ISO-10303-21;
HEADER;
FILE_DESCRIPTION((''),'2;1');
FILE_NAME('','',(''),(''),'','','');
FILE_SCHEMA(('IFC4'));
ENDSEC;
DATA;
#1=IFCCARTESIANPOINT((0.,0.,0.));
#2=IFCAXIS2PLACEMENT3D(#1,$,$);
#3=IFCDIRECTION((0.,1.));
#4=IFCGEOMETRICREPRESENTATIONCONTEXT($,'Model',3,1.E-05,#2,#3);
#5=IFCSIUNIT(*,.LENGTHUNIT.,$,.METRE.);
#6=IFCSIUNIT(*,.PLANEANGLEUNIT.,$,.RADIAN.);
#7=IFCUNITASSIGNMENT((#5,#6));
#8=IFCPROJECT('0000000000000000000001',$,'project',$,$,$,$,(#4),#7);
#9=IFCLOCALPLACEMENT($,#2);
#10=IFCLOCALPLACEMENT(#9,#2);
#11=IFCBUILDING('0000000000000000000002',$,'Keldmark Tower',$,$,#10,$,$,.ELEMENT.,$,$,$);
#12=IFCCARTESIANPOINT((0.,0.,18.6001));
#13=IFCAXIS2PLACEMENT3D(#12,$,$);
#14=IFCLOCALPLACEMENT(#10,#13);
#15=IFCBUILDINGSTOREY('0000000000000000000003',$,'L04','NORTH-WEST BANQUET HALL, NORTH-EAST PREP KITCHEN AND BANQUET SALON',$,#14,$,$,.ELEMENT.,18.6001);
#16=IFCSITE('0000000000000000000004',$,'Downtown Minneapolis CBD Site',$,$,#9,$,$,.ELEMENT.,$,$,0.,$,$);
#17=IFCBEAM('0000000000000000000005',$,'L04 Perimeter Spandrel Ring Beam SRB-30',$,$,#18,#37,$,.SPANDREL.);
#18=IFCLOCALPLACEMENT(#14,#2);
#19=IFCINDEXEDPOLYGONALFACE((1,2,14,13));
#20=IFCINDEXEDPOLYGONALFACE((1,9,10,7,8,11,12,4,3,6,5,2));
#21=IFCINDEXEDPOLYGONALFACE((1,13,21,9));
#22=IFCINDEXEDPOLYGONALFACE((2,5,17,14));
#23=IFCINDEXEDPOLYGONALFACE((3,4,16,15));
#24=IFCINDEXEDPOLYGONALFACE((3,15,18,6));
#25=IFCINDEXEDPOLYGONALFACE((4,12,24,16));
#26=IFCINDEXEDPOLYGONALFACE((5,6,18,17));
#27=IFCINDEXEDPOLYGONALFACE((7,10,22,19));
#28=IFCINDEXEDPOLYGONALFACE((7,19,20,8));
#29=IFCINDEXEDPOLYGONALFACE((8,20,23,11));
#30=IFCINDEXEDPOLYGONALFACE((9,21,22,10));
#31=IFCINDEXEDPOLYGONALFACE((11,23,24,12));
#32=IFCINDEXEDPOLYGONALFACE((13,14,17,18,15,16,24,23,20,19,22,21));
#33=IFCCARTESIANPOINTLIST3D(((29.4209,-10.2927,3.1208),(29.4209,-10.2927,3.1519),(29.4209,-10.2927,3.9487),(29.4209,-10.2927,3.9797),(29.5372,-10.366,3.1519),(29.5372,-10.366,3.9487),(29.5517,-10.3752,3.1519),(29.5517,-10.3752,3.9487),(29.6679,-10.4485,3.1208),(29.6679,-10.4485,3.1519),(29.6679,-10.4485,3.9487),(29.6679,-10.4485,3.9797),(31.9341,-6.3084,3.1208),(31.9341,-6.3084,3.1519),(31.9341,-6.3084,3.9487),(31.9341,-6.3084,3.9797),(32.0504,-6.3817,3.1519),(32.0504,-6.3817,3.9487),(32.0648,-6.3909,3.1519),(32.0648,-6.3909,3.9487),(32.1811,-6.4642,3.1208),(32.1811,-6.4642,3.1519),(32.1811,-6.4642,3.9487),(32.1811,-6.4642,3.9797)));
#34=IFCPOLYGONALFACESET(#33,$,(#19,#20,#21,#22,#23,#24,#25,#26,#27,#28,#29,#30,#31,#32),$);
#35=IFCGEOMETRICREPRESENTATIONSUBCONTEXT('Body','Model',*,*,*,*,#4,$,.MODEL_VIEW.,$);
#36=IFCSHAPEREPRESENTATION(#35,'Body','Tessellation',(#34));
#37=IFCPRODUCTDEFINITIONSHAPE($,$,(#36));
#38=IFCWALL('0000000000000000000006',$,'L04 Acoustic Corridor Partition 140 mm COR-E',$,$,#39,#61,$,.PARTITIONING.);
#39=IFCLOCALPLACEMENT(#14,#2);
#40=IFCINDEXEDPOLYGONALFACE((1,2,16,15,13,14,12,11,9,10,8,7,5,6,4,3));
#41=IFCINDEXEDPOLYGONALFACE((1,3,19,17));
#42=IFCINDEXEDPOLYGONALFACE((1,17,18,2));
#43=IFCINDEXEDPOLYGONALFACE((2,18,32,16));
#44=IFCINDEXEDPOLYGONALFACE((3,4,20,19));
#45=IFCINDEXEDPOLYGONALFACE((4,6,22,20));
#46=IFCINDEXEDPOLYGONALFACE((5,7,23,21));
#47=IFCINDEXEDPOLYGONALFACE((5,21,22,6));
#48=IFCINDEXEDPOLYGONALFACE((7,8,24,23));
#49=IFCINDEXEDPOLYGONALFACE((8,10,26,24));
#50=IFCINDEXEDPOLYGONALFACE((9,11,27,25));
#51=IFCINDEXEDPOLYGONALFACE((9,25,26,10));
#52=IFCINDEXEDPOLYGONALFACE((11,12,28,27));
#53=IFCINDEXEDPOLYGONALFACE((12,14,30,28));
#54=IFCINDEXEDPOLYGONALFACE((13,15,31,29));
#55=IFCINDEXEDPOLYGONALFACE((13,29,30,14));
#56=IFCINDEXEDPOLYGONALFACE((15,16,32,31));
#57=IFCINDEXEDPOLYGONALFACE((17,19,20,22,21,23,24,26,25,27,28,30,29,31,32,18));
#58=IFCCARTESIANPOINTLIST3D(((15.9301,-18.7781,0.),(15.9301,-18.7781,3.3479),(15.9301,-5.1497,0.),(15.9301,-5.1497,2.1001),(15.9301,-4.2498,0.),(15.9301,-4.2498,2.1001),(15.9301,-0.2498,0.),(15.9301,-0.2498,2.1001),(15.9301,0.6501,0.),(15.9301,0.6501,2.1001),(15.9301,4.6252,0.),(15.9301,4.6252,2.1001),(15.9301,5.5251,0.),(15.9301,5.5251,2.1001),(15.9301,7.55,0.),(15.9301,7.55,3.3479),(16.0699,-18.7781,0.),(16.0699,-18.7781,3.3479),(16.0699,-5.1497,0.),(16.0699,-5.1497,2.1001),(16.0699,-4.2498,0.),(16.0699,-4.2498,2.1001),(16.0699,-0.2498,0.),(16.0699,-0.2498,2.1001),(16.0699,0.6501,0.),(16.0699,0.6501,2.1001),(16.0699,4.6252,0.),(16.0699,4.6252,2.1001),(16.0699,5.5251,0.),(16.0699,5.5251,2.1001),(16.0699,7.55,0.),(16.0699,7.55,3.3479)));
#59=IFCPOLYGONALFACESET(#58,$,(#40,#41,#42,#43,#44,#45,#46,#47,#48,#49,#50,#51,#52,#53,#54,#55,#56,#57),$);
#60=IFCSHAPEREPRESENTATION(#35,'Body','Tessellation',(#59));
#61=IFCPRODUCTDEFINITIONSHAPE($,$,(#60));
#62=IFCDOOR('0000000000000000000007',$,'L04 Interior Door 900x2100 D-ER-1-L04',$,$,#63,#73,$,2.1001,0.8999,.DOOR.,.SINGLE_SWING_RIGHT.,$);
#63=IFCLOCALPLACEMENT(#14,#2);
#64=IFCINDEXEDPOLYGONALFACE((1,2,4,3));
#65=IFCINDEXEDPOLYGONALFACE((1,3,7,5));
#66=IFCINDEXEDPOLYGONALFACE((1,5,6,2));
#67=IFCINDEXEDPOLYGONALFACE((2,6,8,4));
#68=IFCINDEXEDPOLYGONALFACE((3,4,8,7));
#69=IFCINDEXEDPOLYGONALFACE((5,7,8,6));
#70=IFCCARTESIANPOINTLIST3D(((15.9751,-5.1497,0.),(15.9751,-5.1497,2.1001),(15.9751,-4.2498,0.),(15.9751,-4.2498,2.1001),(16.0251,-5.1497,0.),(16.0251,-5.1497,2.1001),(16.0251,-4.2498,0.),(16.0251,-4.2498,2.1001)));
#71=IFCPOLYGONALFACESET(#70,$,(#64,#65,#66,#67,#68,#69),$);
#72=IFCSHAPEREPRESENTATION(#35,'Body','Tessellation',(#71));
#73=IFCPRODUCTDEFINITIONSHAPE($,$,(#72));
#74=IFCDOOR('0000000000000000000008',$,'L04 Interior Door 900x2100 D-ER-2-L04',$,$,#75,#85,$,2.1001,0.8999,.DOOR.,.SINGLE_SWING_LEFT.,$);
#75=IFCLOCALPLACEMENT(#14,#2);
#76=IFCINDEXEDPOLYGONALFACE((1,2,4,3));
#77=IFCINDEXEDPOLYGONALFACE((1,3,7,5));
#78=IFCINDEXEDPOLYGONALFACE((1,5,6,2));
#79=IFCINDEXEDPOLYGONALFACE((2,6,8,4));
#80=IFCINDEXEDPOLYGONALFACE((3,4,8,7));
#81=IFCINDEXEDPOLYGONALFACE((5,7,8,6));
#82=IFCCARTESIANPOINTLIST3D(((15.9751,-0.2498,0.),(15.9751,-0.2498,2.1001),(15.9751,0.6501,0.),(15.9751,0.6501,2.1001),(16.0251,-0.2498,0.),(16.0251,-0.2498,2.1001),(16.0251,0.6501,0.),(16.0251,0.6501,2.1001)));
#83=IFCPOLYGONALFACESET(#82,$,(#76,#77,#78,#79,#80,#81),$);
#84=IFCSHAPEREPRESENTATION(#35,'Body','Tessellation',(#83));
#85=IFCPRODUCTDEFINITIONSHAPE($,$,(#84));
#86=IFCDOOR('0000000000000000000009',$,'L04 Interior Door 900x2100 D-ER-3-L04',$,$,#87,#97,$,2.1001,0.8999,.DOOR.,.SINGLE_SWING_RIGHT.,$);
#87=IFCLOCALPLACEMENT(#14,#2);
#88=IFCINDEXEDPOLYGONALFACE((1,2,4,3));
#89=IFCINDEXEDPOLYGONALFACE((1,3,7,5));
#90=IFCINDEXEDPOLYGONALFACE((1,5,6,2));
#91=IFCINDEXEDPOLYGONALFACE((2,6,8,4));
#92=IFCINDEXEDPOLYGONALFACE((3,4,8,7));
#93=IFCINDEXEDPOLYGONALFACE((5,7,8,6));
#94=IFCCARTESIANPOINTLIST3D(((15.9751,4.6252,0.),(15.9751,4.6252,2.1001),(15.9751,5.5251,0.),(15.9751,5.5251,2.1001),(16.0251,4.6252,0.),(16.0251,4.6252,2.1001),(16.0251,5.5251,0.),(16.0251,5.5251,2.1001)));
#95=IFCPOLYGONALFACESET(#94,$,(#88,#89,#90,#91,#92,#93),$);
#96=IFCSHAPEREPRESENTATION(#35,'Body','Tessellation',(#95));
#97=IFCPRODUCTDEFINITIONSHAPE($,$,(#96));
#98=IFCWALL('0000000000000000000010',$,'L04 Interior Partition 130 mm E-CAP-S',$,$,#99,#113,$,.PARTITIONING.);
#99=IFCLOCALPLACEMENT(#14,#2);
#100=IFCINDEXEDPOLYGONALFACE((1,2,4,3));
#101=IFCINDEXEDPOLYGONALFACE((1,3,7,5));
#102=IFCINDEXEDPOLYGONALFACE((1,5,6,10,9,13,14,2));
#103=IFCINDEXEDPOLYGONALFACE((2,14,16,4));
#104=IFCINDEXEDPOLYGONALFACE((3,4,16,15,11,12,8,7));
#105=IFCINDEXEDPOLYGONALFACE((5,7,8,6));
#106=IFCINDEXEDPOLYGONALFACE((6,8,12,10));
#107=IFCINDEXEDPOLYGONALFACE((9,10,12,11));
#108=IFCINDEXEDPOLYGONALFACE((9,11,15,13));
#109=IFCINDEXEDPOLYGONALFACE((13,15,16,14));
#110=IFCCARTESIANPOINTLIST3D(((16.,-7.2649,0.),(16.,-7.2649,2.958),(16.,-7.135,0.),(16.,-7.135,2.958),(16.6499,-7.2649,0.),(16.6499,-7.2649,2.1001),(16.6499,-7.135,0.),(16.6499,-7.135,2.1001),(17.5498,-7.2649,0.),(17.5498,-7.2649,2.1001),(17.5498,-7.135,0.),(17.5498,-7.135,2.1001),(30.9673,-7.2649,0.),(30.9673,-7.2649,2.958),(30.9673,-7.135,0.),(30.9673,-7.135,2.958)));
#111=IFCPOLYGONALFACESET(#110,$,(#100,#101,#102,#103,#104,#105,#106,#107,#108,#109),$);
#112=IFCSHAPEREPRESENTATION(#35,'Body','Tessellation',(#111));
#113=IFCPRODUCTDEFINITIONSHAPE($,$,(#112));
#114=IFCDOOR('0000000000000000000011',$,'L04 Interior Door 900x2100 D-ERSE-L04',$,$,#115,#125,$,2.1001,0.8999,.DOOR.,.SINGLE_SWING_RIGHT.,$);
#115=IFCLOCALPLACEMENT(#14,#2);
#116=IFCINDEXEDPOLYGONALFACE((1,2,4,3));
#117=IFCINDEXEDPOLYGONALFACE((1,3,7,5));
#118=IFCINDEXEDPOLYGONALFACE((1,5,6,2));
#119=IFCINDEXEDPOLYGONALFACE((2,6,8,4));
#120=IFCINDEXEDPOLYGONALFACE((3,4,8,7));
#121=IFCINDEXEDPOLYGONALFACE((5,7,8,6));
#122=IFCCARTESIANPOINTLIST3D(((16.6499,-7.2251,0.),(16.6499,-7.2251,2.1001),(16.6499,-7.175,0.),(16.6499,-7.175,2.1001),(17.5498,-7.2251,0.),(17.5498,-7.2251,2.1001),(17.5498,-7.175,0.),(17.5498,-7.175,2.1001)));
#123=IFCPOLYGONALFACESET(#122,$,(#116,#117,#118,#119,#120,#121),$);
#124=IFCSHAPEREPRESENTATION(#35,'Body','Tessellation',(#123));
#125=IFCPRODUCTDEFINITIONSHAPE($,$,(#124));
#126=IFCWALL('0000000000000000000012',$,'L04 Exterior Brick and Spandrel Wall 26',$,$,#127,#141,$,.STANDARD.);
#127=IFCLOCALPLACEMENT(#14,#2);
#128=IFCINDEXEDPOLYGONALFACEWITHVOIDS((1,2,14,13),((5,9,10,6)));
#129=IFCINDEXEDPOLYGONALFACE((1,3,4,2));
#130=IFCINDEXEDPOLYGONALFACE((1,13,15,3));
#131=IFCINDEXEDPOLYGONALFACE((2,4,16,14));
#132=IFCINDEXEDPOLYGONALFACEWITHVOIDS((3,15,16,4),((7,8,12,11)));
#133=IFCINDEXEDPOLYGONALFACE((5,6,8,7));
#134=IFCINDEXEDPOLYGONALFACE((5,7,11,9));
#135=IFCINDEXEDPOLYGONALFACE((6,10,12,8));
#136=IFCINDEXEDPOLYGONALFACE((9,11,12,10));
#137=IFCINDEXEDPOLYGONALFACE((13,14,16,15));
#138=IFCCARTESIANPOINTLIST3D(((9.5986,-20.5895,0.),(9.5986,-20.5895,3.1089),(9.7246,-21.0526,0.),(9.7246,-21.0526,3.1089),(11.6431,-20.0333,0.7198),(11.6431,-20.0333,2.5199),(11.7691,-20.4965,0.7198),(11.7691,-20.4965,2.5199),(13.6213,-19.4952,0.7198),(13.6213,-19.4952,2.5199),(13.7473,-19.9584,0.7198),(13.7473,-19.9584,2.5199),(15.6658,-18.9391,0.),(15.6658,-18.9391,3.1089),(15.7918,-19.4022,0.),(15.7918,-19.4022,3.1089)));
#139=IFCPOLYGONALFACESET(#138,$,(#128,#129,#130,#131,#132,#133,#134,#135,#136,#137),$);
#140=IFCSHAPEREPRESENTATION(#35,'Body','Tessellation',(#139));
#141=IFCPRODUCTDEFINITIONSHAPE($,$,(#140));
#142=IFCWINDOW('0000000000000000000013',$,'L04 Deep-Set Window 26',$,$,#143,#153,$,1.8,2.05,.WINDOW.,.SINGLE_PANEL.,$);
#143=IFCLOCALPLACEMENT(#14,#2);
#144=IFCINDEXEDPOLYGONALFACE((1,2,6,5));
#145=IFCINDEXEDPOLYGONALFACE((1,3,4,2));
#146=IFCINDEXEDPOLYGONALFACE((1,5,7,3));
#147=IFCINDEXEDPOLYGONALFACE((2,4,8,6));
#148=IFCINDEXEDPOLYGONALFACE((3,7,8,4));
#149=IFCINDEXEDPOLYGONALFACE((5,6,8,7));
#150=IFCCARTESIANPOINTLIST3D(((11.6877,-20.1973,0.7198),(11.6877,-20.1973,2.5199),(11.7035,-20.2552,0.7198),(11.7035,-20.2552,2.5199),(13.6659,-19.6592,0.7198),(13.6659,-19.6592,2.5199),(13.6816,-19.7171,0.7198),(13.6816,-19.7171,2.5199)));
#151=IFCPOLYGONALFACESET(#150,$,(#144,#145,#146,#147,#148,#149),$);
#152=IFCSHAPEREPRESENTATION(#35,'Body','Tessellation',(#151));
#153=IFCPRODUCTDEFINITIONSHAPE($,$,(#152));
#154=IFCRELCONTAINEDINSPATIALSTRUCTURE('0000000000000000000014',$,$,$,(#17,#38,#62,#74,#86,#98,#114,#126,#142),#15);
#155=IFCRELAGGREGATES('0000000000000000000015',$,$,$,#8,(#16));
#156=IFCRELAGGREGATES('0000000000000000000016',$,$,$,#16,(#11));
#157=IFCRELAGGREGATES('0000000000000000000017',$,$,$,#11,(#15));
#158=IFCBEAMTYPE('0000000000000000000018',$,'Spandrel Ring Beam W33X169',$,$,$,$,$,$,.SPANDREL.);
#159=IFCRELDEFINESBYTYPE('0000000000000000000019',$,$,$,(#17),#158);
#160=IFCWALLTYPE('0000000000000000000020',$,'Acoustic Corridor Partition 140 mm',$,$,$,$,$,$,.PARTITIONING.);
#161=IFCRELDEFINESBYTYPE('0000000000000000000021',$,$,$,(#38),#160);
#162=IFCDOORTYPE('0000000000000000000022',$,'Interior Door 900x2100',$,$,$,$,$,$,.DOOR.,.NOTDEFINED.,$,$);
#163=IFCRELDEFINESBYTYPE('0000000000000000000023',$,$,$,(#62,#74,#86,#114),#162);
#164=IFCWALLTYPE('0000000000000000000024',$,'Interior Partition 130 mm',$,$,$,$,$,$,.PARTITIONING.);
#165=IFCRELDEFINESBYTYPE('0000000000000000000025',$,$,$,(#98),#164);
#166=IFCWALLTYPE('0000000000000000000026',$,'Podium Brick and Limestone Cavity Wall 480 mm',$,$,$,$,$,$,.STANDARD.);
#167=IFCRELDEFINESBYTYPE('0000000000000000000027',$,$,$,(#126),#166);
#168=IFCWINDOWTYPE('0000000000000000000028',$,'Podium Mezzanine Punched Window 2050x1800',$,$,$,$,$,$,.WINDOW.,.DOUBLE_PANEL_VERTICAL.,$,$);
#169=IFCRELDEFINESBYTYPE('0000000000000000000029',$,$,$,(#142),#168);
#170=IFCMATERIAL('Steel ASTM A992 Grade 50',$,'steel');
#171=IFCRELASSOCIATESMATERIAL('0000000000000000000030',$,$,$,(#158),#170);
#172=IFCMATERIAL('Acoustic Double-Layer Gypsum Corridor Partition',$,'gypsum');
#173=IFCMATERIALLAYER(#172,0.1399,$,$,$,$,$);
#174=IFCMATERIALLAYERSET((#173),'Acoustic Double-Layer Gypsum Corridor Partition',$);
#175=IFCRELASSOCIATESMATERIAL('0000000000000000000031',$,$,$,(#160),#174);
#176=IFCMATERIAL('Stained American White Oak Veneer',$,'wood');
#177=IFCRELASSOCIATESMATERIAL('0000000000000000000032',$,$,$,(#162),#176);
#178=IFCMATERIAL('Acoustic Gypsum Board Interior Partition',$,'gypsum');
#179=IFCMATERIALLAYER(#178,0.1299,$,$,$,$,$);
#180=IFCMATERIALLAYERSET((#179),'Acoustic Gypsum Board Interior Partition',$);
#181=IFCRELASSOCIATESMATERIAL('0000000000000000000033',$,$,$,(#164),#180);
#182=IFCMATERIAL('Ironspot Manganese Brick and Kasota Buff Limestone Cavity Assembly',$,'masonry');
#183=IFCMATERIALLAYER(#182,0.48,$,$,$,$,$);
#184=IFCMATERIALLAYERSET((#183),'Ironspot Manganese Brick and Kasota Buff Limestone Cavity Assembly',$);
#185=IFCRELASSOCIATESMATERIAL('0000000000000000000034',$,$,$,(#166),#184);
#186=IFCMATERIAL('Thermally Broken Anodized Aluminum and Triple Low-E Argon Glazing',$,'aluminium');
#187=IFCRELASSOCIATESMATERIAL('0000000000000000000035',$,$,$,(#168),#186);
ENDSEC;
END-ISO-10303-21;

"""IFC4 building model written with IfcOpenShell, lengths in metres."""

from ifc_helpers import new_model, si_unit, direction, frame, frame_2d, origin, origin_2d, place, context, subcontext, project, spatial, rectangle, i_section, extrude, material, layer, layer_set, material_profile, profile_set, type_object, element, fill, save


model = new_model("IFC4")

# Units and contexts
model_context = context("Model", 3, precision=1e-05, world=origin(), true_north=direction((0.0, 1.0)))
body_context = subcontext(model_context, "Body", "Model", "MODEL_VIEW")
ifc_project = project(units=[si_unit("LENGTHUNIT", "METRE"), si_unit("PLANEANGLEUNIT", "RADIAN")], contexts=[model_context])

# Site, building, storey
site_placement = place(None, origin())
site = spatial("IfcSite", under=ifc_project, at=site_placement, Name="Downtown Minneapolis CBD Site", CompositionType="ELEMENT", RefElevation=0.0)
building_placement = place(site_placement, origin())
building = spatial("IfcBuilding", under=site, at=building_placement, Name="Keldmark Tower", CompositionType="ELEMENT")
storey_placement = place(building_placement, frame((0.0, 0.0, 18.6001)))
storey = spatial("IfcBuildingStorey", under=building, at=storey_placement, Name="L04", Description="NORTH-WEST BANQUET HALL, NORTH-EAST PREP KITCHEN AND BANQUET SALON", CompositionType="ELEMENT", Elevation=18.6001)

# Beam
ifc_material_1 = material(Name="Steel ASTM A992 Grade 50", Category="steel")
ifc_material_profile_1 = material_profile(ifc_material_1, i_section(OverallWidth=0.292, OverallDepth=0.8589, WebThickness=0.0171, FlangeThickness=0.031, at=origin_2d()), Name="W33X169")
ifc_profile_set_1 = profile_set([ifc_material_profile_1], Name="Steel ASTM A992 Grade 50")
beam_type_1 = type_object("IfcBeamType", Name="Spandrel Ring Beam W33X169", PredefinedType="SPANDREL", material=ifc_profile_set_1)
beam_1_placement = place(storey_placement, frame((29.5444, -10.3706, 3.5503), z_axis=(0.533498, 0.845802, 0.0), x_axis=(-0.845802, 0.533498, 0.0)))
element("IfcBeam", 1, at=beam_1_placement, inside=storey, type_object=beam_type_1, Name="L04 Perimeter Spandrel Ring Beam SRB-30", PredefinedType="SPANDREL", context=body_context, shape_type="SweptSolid", body=[
    extrude(i_section(OverallWidth=0.292, OverallDepth=0.8589, WebThickness=0.0171, FlangeThickness=0.031, at=origin_2d()), origin(), (0.0, 0.0, 1.0), 4.7107),
])

# Wall, openings, doors
ifc_material_2 = material(Name="Acoustic Double-Layer Gypsum Corridor Partition", Category="gypsum")
ifc_layer_1 = layer(ifc_material_2, 0.1399)
ifc_layer_set_1 = layer_set([ifc_layer_1], Name="Acoustic Double-Layer Gypsum Corridor Partition")
wall_type_1 = type_object("IfcWallType", Name="Acoustic Corridor Partition 140 mm", PredefinedType="PARTITIONING", material=ifc_layer_set_1)
wall_1_placement = place(storey_placement, frame((16.0, -18.7781, 0.0), z_axis=(0.0, 0.0, 1.0), x_axis=(0.0, 1.0, 0.0)))
wall_1 = element("IfcWall", 2, at=wall_1_placement, inside=storey, type_object=wall_type_1, Name="L04 Acoustic Corridor Partition 140 mm COR-E", PredefinedType="PARTITIONING", context=body_context, shape_type="SweptSolid", body=[
    extrude(rectangle(XDim=26.3281, YDim=0.1399, at=frame_2d((13.1641, 0.0))), origin(), (0.0, 0.0, 1.0), 3.3479),
])
opening_1_placement = place(wall_1_placement, frame((13.6284, 0.0, 0.0)))
opening_1 = element("IfcOpeningElement", 3, at=opening_1_placement, cuts=wall_1, PredefinedType="OPENING", context=body_context, shape_type="SweptSolid", body=[
    extrude(rectangle(XDim=0.8999, YDim=2.1001, at=frame_2d((0.45, 1.05))), frame((0.0, 0.0798, 0.0), z_axis=(0.0, -1.0, 0.0), x_axis=(1.0, 0.0, 0.0)), (0.0, 0.0, 1.0), 0.1599),
])
opening_2_placement = place(wall_1_placement, frame((18.5283, 0.0, 0.0)))
opening_2 = element("IfcOpeningElement", 4, at=opening_2_placement, cuts=wall_1, PredefinedType="OPENING", context=body_context, shape_type="SweptSolid", body=[
    extrude(rectangle(XDim=0.8999, YDim=2.1001, at=frame_2d((0.45, 1.05))), frame((0.0, 0.0798, 0.0), z_axis=(0.0, -1.0, 0.0), x_axis=(1.0, 0.0, 0.0)), (0.0, 0.0, 1.0), 0.1599),
])
opening_3_placement = place(wall_1_placement, frame((23.4033, 0.0, 0.0)))
opening_3 = element("IfcOpeningElement", 5, at=opening_3_placement, cuts=wall_1, PredefinedType="OPENING", context=body_context, shape_type="SweptSolid", body=[
    extrude(rectangle(XDim=0.8999, YDim=2.1001, at=frame_2d((0.45, 1.05))), frame((0.0, 0.0798, 0.0), z_axis=(0.0, -1.0, 0.0), x_axis=(1.0, 0.0, 0.0)), (0.0, 0.0, 1.0), 0.1599),
])
ifc_material_3 = material(Name="Stained American White Oak Veneer", Category="wood")
door_type = type_object("IfcDoorType", Name="Interior Door 900x2100", OperationType="NOTDEFINED", PredefinedType="DOOR", material=ifc_material_3)
door_1_placement = place(opening_1_placement, origin())
door_1 = element("IfcDoor", 6, at=door_1_placement, inside=storey, type_object=door_type, Name="L04 Interior Door 900x2100 D-ER-1-L04", OperationType="SINGLE_SWING_RIGHT", OverallHeight=2.1001, OverallWidth=0.8999, PredefinedType="DOOR", context=body_context, shape_type="SweptSolid", body=[
    extrude(rectangle(XDim=0.8999, YDim=2.1001, at=frame_2d((0.45, 1.05))), frame((0.0, 0.0249, 0.0), z_axis=(0.0, -1.0, 0.0), x_axis=(1.0, 0.0, 0.0)), (0.0, 0.0, 1.0), 0.05),
])
fill(opening_1, door_1)
door_2_placement = place(opening_2_placement, origin())
door_2 = element("IfcDoor", 7, at=door_2_placement, inside=storey, type_object=door_type, Name="L04 Interior Door 900x2100 D-ER-2-L04", OperationType="SINGLE_SWING_LEFT", OverallHeight=2.1001, OverallWidth=0.8999, PredefinedType="DOOR", context=body_context, shape_type="SweptSolid", body=[
    extrude(rectangle(XDim=0.8999, YDim=2.1001, at=frame_2d((0.45, 1.05))), frame((0.0, 0.0249, 0.0), z_axis=(0.0, -1.0, 0.0), x_axis=(1.0, 0.0, 0.0)), (0.0, 0.0, 1.0), 0.05),
])
fill(opening_2, door_2)
door_3_placement = place(opening_3_placement, origin())
door_3 = element("IfcDoor", 8, at=door_3_placement, inside=storey, type_object=door_type, Name="L04 Interior Door 900x2100 D-ER-3-L04", OperationType="SINGLE_SWING_RIGHT", OverallHeight=2.1001, OverallWidth=0.8999, PredefinedType="DOOR", context=body_context, shape_type="SweptSolid", body=[
    extrude(rectangle(XDim=0.8999, YDim=2.1001, at=frame_2d((0.45, 1.05))), frame((0.0, 0.0249, 0.0), z_axis=(0.0, -1.0, 0.0), x_axis=(1.0, 0.0, 0.0)), (0.0, 0.0, 1.0), 0.05),
])
fill(opening_3, door_3)

# Wall, opening, door
ifc_material_4 = material(Name="Acoustic Gypsum Board Interior Partition", Category="gypsum")
ifc_layer_2 = layer(ifc_material_4, 0.1299)
ifc_layer_set_2 = layer_set([ifc_layer_2], Name="Acoustic Gypsum Board Interior Partition")
wall_type_2 = type_object("IfcWallType", Name="Interior Partition 130 mm", PredefinedType="PARTITIONING", material=ifc_layer_set_2)
wall_2_placement = place(storey_placement, frame((16.0, -7.2, 0.0), z_axis=(0.0, 0.0, 1.0), x_axis=(1.0, 0.0, 0.0)))
wall_2 = element("IfcWall", 9, at=wall_2_placement, inside=storey, type_object=wall_type_2, Name="L04 Interior Partition 130 mm E-CAP-S", PredefinedType="PARTITIONING", context=body_context, shape_type="SweptSolid", body=[
    extrude(rectangle(XDim=14.9673, YDim=0.1299, at=frame_2d((7.4836, 0.0))), origin(), (0.0, 0.0, 1.0), 2.958),
])
opening_4_placement = place(wall_2_placement, frame((0.6499, 0.0, 0.0)))
opening_4 = element("IfcOpeningElement", 10, at=opening_4_placement, cuts=wall_2, PredefinedType="OPENING", context=body_context, shape_type="SweptSolid", body=[
    extrude(rectangle(XDim=0.8999, YDim=2.1001, at=frame_2d((0.45, 1.05))), frame((0.0, 0.075, 0.0), z_axis=(0.0, -1.0, 0.0), x_axis=(1.0, 0.0, 0.0)), (0.0, 0.0, 1.0), 0.1499),
])
door_4_placement = place(opening_4_placement, origin())
door_4 = element("IfcDoor", 11, at=door_4_placement, inside=storey, type_object=door_type, Name="L04 Interior Door 900x2100 D-ERSE-L04", OperationType="SINGLE_SWING_RIGHT", OverallHeight=2.1001, OverallWidth=0.8999, PredefinedType="DOOR", context=body_context, shape_type="SweptSolid", body=[
    extrude(rectangle(XDim=0.8999, YDim=2.1001, at=frame_2d((0.45, 1.05))), frame((0.0, 0.0249, 0.0), z_axis=(0.0, -1.0, 0.0), x_axis=(1.0, 0.0, 0.0)), (0.0, 0.0, 1.0), 0.05),
])
fill(opening_4, door_4)

# Wall, opening, window
ifc_material_5 = material(Name="Ironspot Manganese Brick and Kasota Buff Limestone Cavity Assembly", Category="masonry")
ifc_layer_3 = layer(ifc_material_5, 0.48)
ifc_layer_set_3 = layer_set([ifc_layer_3], Name="Ironspot Manganese Brick and Kasota Buff Limestone Cavity Assembly")
wall_type_3 = type_object("IfcWallType", Name="Podium Brick and Limestone Cavity Wall 480 mm", PredefinedType="STANDARD", material=ifc_layer_set_3)
wall_3_placement = place(storey_placement, frame((15.7288, -19.1707, 0.0), z_axis=(0.0, 0.0, 1.0), x_axis=(-0.964937, -0.262483, 0.0)))
wall_3 = element("IfcWall", 12, at=wall_3_placement, inside=storey, type_object=wall_type_3, Name="L04 Exterior Brick and Spandrel Wall 26", PredefinedType="STANDARD", context=body_context, shape_type="SweptSolid", body=[
    extrude(rectangle(XDim=6.2876, YDim=0.48, at=frame_2d((3.1438, 0.0))), origin(), (0.0, 0.0, 1.0), 3.1089),
])
opening_5_placement = place(wall_3_placement, frame((2.1189, 0.0, 0.72)))
opening_5 = element("IfcOpeningElement", 13, at=opening_5_placement, cuts=wall_3, PredefinedType="OPENING", context=body_context, shape_type="SweptSolid", body=[
    extrude(rectangle(XDim=2.05, YDim=1.8, at=frame_2d((1.0249, 0.8999))), frame((0.0, 0.25, 0.0), z_axis=(0.0, -1.0, 0.0), x_axis=(1.0, 0.0, 0.0)), (0.0, 0.0, 1.0), 0.5),
])
ifc_material_6 = material(Name="Thermally Broken Anodized Aluminum and Triple Low-E Argon Glazing", Category="aluminium")
window_type = type_object("IfcWindowType", Name="Podium Mezzanine Punched Window 2050x1800", PartitioningType="DOUBLE_PANEL_VERTICAL", PredefinedType="WINDOW", material=ifc_material_6)
window_1_placement = place(opening_5_placement, origin())
window_1 = element("IfcWindow", 14, at=window_1_placement, inside=storey, type_object=window_type, Name="L04 Deep-Set Window 26", OverallHeight=1.8, OverallWidth=2.05, PartitioningType="SINGLE_PANEL", PredefinedType="WINDOW", context=body_context, shape_type="SweptSolid", body=[
    extrude(rectangle(XDim=2.05, YDim=1.8, at=frame_2d((1.0249, 0.8999))), frame((0.0, -0.01, 0.0), z_axis=(0.0, -1.0, 0.0), x_axis=(1.0, 0.0, 0.0)), (0.0, 0.0, 1.0), 0.0601),
])
fill(opening_5, window_1)

save(model, "model.ifc")
